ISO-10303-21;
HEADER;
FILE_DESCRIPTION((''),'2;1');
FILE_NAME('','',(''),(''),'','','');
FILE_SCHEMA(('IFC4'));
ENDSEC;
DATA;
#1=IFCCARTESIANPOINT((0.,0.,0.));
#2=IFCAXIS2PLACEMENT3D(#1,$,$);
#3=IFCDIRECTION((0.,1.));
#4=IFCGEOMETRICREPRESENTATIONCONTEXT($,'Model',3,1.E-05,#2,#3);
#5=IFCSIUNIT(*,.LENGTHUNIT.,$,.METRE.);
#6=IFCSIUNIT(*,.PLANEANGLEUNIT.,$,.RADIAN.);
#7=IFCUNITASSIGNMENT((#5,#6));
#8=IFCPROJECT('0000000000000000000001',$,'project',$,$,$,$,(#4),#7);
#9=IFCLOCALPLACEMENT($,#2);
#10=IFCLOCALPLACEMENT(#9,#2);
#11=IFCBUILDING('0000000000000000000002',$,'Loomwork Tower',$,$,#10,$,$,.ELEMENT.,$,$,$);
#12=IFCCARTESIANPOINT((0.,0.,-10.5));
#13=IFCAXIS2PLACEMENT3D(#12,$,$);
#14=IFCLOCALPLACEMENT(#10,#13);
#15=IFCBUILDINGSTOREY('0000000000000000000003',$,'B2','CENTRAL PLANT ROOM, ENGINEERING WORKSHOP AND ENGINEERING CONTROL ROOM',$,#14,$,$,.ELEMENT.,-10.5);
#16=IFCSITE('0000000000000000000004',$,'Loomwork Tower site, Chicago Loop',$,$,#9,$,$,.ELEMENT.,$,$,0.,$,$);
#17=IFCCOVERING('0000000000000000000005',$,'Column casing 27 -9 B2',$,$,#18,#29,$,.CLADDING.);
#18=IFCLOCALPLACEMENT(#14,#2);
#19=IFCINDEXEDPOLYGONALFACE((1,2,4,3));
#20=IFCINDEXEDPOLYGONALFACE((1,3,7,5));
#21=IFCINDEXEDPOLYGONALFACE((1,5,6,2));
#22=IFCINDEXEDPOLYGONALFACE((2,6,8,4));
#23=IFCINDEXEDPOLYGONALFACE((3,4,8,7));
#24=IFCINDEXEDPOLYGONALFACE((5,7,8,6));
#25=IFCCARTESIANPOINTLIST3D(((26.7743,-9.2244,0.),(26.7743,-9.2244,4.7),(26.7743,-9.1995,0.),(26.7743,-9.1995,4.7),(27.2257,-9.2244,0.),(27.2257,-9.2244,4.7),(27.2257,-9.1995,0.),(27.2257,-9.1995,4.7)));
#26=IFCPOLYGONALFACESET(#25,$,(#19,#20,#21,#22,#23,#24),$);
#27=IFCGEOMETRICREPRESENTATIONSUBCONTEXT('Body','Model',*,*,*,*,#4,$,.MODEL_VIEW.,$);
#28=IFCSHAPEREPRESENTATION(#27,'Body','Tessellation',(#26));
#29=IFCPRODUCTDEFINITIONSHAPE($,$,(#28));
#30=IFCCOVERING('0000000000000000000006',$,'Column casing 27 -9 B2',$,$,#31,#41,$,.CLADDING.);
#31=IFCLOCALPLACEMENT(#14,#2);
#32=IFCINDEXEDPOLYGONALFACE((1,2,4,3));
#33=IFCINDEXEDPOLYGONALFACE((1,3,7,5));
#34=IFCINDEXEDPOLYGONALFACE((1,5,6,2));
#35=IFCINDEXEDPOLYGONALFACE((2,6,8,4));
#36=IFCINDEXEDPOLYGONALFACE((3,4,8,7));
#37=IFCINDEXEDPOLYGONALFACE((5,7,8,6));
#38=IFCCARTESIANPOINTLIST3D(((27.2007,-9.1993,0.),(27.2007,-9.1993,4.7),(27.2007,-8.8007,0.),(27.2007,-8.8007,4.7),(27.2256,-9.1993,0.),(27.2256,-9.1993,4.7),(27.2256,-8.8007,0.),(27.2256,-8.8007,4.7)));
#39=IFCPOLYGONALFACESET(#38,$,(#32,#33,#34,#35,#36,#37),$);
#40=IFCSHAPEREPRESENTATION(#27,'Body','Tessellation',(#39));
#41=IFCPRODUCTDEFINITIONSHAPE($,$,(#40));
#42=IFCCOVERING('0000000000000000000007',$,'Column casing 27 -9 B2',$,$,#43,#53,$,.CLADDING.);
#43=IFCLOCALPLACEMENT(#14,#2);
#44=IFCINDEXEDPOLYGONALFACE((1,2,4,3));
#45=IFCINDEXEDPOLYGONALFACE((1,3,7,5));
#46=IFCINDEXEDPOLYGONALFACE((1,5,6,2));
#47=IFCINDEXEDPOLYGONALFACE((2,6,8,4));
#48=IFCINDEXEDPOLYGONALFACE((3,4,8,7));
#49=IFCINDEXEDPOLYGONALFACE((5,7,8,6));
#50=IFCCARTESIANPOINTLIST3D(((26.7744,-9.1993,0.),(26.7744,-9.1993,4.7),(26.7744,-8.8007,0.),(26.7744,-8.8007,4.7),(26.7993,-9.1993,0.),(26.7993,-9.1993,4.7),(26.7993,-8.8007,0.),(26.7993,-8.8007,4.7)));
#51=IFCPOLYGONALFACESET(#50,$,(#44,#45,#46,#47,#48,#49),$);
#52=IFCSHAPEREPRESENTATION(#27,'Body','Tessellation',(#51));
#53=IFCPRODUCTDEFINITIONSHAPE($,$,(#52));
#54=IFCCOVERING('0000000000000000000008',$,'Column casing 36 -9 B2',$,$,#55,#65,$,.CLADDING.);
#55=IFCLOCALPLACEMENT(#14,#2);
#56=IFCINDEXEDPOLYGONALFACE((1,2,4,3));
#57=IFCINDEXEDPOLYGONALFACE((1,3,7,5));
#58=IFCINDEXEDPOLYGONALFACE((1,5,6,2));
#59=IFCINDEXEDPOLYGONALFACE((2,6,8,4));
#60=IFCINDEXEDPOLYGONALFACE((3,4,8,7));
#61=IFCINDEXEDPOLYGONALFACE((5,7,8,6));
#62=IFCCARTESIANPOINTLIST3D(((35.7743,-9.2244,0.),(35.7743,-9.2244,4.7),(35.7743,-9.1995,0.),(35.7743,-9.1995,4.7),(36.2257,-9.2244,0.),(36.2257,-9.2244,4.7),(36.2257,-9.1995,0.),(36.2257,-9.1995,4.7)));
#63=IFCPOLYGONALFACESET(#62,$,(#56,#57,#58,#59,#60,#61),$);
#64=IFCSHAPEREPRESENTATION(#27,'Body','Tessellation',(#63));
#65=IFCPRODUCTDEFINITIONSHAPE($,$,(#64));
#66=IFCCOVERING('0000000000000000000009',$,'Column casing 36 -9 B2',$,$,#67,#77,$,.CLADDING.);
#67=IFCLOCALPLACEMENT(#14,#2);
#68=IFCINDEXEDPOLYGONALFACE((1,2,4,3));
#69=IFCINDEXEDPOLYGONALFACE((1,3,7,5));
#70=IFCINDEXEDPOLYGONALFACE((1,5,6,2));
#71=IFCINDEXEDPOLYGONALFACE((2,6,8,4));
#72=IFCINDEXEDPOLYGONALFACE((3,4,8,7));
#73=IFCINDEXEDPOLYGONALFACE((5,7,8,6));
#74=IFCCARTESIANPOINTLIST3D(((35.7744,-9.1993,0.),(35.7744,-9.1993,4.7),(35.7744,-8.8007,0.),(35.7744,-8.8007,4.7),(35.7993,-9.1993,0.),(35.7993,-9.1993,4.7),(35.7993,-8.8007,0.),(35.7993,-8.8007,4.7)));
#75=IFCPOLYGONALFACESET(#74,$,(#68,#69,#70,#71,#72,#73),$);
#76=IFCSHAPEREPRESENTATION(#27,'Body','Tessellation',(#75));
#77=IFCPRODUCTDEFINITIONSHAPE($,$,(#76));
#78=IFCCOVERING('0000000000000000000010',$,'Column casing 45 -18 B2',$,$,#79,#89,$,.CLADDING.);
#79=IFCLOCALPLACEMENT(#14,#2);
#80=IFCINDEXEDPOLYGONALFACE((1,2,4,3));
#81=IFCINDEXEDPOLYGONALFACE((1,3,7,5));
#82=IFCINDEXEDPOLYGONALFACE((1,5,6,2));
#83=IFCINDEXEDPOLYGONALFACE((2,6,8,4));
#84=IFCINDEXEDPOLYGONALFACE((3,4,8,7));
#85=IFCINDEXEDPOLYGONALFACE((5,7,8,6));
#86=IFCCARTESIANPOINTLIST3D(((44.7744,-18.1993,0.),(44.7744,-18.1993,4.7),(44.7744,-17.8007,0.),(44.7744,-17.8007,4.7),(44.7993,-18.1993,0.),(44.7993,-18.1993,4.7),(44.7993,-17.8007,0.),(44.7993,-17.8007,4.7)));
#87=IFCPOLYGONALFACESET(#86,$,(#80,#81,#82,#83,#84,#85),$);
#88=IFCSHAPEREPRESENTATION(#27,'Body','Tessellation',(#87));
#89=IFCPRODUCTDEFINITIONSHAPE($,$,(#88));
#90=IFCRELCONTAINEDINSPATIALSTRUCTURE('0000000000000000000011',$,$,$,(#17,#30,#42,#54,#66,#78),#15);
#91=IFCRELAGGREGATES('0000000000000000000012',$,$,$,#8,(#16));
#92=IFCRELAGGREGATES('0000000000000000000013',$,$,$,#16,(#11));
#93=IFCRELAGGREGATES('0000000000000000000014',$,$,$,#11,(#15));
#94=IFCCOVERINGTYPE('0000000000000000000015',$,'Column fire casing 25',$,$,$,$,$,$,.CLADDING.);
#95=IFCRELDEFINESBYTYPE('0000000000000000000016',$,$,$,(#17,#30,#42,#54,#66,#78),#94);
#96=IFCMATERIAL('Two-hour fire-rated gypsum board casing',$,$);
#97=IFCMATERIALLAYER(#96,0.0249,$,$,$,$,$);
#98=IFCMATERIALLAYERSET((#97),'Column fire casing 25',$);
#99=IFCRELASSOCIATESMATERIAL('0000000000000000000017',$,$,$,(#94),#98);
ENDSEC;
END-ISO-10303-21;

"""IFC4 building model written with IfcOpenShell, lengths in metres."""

from ifc_helpers import new_model, si_unit, direction, frame, origin, origin_2d, place, context, subcontext, project, spatial, rectangle, extrude, material, layer, layer_set, type_object, element, save


model = new_model("IFC4")

# Units and contexts
model_context = context("Model", 3, precision=1e-05, world=origin(), true_north=direction((0.0, 1.0)))
body_context = subcontext(model_context, "Body", "Model", "MODEL_VIEW")
ifc_project = project(units=[si_unit("LENGTHUNIT", "METRE"), si_unit("PLANEANGLEUNIT", "RADIAN")], contexts=[model_context])

# Site, building, storey
site_placement = place(None, origin())
site = spatial("IfcSite", under=ifc_project, at=site_placement, Name="Loomwork Tower site, Chicago Loop", CompositionType="ELEMENT", RefElevation=0.0)
building_placement = place(site_placement, origin())
building = spatial("IfcBuilding", under=site, at=building_placement, Name="Loomwork Tower", CompositionType="ELEMENT")
storey_placement = place(building_placement, frame((0.0, 0.0, -10.5)))
storey = spatial("IfcBuildingStorey", under=building, at=storey_placement, Name="B2", Description="CENTRAL PLANT ROOM, ENGINEERING WORKSHOP AND ENGINEERING CONTROL ROOM", CompositionType="ELEMENT", Elevation=-10.5)

# Coverings
ifc_material_1 = material(Name="Two-hour fire-rated gypsum board casing")
ifc_layer_1 = layer(ifc_material_1, 0.0249)
ifc_layer_set_1 = layer_set([ifc_layer_1], Name="Column fire casing 25")
covering_type = type_object("IfcCoveringType", Name="Column fire casing 25", PredefinedType="CLADDING", material=ifc_layer_set_1)
covering_1_placement = place(storey_placement, frame((27.0, -9.2119, 0.0), z_axis=(0.0, 0.0, 1.0), x_axis=(1.0, 0.0, 0.0)))
element("IfcCovering", 1, at=covering_1_placement, inside=storey, type_object=covering_type, Name="Column casing 27 -9 B2", PredefinedType="CLADDING", context=body_context, shape_type="SweptSolid", body=[
    extrude(rectangle(XDim=0.4514, YDim=0.0249, at=origin_2d()), origin(), (0.0, 0.0, 1.0), 4.7),
])
for number, where, z_axis, x_axis, name in (
    (2, (27.2131, -9.0, 0.0), (0.0, 0.0, 1.0), (1.0, 0.0, 0.0), "Column casing 27 -9 B2"),
    (3, (26.7869, -9.0, 0.0), (0.0, 0.0, 1.0), (1.0, 0.0, 0.0), "Column casing 27 -9 B2"),
):
    element("IfcCovering", number, at=place(storey_placement, frame(where, z_axis=z_axis, x_axis=x_axis)), inside=storey, type_object=covering_type, Name=name, PredefinedType="CLADDING", context=body_context, shape_type="SweptSolid", body=[
        extrude(rectangle(XDim=0.0249, YDim=0.3987, at=origin_2d()), origin(), (0.0, 0.0, 1.0), 4.7),
    ])
covering_2_placement = place(storey_placement, frame((36.0, -9.2119, 0.0), z_axis=(0.0, 0.0, 1.0), x_axis=(1.0, 0.0, 0.0)))
element("IfcCovering", 4, at=covering_2_placement, inside=storey, type_object=covering_type, Name="Column casing 36 -9 B2", PredefinedType="CLADDING", context=body_context, shape_type="SweptSolid", body=[
    extrude(rectangle(XDim=0.4514, YDim=0.0249, at=origin_2d()), origin(), (0.0, 0.0, 1.0), 4.7),
])
for number, where, z_axis, x_axis, name in (
    (5, (35.7869, -9.0, 0.0), (0.0, 0.0, 1.0), (1.0, 0.0, 0.0), "Column casing 36 -9 B2"),
    (6, (44.7869, -18.0, 0.0), (0.0, 0.0, 1.0), (1.0, 0.0, 0.0), "Column casing 45 -18 B2"),
):
    element("IfcCovering", number, at=place(storey_placement, frame(where, z_axis=z_axis, x_axis=x_axis)), inside=storey, type_object=covering_type, Name=name, PredefinedType="CLADDING", context=body_context, shape_type="SweptSolid", body=[
        extrude(rectangle(XDim=0.0249, YDim=0.3987, at=origin_2d()), origin(), (0.0, 0.0, 1.0), 4.7),
    ])

save(model, "model.ifc")
